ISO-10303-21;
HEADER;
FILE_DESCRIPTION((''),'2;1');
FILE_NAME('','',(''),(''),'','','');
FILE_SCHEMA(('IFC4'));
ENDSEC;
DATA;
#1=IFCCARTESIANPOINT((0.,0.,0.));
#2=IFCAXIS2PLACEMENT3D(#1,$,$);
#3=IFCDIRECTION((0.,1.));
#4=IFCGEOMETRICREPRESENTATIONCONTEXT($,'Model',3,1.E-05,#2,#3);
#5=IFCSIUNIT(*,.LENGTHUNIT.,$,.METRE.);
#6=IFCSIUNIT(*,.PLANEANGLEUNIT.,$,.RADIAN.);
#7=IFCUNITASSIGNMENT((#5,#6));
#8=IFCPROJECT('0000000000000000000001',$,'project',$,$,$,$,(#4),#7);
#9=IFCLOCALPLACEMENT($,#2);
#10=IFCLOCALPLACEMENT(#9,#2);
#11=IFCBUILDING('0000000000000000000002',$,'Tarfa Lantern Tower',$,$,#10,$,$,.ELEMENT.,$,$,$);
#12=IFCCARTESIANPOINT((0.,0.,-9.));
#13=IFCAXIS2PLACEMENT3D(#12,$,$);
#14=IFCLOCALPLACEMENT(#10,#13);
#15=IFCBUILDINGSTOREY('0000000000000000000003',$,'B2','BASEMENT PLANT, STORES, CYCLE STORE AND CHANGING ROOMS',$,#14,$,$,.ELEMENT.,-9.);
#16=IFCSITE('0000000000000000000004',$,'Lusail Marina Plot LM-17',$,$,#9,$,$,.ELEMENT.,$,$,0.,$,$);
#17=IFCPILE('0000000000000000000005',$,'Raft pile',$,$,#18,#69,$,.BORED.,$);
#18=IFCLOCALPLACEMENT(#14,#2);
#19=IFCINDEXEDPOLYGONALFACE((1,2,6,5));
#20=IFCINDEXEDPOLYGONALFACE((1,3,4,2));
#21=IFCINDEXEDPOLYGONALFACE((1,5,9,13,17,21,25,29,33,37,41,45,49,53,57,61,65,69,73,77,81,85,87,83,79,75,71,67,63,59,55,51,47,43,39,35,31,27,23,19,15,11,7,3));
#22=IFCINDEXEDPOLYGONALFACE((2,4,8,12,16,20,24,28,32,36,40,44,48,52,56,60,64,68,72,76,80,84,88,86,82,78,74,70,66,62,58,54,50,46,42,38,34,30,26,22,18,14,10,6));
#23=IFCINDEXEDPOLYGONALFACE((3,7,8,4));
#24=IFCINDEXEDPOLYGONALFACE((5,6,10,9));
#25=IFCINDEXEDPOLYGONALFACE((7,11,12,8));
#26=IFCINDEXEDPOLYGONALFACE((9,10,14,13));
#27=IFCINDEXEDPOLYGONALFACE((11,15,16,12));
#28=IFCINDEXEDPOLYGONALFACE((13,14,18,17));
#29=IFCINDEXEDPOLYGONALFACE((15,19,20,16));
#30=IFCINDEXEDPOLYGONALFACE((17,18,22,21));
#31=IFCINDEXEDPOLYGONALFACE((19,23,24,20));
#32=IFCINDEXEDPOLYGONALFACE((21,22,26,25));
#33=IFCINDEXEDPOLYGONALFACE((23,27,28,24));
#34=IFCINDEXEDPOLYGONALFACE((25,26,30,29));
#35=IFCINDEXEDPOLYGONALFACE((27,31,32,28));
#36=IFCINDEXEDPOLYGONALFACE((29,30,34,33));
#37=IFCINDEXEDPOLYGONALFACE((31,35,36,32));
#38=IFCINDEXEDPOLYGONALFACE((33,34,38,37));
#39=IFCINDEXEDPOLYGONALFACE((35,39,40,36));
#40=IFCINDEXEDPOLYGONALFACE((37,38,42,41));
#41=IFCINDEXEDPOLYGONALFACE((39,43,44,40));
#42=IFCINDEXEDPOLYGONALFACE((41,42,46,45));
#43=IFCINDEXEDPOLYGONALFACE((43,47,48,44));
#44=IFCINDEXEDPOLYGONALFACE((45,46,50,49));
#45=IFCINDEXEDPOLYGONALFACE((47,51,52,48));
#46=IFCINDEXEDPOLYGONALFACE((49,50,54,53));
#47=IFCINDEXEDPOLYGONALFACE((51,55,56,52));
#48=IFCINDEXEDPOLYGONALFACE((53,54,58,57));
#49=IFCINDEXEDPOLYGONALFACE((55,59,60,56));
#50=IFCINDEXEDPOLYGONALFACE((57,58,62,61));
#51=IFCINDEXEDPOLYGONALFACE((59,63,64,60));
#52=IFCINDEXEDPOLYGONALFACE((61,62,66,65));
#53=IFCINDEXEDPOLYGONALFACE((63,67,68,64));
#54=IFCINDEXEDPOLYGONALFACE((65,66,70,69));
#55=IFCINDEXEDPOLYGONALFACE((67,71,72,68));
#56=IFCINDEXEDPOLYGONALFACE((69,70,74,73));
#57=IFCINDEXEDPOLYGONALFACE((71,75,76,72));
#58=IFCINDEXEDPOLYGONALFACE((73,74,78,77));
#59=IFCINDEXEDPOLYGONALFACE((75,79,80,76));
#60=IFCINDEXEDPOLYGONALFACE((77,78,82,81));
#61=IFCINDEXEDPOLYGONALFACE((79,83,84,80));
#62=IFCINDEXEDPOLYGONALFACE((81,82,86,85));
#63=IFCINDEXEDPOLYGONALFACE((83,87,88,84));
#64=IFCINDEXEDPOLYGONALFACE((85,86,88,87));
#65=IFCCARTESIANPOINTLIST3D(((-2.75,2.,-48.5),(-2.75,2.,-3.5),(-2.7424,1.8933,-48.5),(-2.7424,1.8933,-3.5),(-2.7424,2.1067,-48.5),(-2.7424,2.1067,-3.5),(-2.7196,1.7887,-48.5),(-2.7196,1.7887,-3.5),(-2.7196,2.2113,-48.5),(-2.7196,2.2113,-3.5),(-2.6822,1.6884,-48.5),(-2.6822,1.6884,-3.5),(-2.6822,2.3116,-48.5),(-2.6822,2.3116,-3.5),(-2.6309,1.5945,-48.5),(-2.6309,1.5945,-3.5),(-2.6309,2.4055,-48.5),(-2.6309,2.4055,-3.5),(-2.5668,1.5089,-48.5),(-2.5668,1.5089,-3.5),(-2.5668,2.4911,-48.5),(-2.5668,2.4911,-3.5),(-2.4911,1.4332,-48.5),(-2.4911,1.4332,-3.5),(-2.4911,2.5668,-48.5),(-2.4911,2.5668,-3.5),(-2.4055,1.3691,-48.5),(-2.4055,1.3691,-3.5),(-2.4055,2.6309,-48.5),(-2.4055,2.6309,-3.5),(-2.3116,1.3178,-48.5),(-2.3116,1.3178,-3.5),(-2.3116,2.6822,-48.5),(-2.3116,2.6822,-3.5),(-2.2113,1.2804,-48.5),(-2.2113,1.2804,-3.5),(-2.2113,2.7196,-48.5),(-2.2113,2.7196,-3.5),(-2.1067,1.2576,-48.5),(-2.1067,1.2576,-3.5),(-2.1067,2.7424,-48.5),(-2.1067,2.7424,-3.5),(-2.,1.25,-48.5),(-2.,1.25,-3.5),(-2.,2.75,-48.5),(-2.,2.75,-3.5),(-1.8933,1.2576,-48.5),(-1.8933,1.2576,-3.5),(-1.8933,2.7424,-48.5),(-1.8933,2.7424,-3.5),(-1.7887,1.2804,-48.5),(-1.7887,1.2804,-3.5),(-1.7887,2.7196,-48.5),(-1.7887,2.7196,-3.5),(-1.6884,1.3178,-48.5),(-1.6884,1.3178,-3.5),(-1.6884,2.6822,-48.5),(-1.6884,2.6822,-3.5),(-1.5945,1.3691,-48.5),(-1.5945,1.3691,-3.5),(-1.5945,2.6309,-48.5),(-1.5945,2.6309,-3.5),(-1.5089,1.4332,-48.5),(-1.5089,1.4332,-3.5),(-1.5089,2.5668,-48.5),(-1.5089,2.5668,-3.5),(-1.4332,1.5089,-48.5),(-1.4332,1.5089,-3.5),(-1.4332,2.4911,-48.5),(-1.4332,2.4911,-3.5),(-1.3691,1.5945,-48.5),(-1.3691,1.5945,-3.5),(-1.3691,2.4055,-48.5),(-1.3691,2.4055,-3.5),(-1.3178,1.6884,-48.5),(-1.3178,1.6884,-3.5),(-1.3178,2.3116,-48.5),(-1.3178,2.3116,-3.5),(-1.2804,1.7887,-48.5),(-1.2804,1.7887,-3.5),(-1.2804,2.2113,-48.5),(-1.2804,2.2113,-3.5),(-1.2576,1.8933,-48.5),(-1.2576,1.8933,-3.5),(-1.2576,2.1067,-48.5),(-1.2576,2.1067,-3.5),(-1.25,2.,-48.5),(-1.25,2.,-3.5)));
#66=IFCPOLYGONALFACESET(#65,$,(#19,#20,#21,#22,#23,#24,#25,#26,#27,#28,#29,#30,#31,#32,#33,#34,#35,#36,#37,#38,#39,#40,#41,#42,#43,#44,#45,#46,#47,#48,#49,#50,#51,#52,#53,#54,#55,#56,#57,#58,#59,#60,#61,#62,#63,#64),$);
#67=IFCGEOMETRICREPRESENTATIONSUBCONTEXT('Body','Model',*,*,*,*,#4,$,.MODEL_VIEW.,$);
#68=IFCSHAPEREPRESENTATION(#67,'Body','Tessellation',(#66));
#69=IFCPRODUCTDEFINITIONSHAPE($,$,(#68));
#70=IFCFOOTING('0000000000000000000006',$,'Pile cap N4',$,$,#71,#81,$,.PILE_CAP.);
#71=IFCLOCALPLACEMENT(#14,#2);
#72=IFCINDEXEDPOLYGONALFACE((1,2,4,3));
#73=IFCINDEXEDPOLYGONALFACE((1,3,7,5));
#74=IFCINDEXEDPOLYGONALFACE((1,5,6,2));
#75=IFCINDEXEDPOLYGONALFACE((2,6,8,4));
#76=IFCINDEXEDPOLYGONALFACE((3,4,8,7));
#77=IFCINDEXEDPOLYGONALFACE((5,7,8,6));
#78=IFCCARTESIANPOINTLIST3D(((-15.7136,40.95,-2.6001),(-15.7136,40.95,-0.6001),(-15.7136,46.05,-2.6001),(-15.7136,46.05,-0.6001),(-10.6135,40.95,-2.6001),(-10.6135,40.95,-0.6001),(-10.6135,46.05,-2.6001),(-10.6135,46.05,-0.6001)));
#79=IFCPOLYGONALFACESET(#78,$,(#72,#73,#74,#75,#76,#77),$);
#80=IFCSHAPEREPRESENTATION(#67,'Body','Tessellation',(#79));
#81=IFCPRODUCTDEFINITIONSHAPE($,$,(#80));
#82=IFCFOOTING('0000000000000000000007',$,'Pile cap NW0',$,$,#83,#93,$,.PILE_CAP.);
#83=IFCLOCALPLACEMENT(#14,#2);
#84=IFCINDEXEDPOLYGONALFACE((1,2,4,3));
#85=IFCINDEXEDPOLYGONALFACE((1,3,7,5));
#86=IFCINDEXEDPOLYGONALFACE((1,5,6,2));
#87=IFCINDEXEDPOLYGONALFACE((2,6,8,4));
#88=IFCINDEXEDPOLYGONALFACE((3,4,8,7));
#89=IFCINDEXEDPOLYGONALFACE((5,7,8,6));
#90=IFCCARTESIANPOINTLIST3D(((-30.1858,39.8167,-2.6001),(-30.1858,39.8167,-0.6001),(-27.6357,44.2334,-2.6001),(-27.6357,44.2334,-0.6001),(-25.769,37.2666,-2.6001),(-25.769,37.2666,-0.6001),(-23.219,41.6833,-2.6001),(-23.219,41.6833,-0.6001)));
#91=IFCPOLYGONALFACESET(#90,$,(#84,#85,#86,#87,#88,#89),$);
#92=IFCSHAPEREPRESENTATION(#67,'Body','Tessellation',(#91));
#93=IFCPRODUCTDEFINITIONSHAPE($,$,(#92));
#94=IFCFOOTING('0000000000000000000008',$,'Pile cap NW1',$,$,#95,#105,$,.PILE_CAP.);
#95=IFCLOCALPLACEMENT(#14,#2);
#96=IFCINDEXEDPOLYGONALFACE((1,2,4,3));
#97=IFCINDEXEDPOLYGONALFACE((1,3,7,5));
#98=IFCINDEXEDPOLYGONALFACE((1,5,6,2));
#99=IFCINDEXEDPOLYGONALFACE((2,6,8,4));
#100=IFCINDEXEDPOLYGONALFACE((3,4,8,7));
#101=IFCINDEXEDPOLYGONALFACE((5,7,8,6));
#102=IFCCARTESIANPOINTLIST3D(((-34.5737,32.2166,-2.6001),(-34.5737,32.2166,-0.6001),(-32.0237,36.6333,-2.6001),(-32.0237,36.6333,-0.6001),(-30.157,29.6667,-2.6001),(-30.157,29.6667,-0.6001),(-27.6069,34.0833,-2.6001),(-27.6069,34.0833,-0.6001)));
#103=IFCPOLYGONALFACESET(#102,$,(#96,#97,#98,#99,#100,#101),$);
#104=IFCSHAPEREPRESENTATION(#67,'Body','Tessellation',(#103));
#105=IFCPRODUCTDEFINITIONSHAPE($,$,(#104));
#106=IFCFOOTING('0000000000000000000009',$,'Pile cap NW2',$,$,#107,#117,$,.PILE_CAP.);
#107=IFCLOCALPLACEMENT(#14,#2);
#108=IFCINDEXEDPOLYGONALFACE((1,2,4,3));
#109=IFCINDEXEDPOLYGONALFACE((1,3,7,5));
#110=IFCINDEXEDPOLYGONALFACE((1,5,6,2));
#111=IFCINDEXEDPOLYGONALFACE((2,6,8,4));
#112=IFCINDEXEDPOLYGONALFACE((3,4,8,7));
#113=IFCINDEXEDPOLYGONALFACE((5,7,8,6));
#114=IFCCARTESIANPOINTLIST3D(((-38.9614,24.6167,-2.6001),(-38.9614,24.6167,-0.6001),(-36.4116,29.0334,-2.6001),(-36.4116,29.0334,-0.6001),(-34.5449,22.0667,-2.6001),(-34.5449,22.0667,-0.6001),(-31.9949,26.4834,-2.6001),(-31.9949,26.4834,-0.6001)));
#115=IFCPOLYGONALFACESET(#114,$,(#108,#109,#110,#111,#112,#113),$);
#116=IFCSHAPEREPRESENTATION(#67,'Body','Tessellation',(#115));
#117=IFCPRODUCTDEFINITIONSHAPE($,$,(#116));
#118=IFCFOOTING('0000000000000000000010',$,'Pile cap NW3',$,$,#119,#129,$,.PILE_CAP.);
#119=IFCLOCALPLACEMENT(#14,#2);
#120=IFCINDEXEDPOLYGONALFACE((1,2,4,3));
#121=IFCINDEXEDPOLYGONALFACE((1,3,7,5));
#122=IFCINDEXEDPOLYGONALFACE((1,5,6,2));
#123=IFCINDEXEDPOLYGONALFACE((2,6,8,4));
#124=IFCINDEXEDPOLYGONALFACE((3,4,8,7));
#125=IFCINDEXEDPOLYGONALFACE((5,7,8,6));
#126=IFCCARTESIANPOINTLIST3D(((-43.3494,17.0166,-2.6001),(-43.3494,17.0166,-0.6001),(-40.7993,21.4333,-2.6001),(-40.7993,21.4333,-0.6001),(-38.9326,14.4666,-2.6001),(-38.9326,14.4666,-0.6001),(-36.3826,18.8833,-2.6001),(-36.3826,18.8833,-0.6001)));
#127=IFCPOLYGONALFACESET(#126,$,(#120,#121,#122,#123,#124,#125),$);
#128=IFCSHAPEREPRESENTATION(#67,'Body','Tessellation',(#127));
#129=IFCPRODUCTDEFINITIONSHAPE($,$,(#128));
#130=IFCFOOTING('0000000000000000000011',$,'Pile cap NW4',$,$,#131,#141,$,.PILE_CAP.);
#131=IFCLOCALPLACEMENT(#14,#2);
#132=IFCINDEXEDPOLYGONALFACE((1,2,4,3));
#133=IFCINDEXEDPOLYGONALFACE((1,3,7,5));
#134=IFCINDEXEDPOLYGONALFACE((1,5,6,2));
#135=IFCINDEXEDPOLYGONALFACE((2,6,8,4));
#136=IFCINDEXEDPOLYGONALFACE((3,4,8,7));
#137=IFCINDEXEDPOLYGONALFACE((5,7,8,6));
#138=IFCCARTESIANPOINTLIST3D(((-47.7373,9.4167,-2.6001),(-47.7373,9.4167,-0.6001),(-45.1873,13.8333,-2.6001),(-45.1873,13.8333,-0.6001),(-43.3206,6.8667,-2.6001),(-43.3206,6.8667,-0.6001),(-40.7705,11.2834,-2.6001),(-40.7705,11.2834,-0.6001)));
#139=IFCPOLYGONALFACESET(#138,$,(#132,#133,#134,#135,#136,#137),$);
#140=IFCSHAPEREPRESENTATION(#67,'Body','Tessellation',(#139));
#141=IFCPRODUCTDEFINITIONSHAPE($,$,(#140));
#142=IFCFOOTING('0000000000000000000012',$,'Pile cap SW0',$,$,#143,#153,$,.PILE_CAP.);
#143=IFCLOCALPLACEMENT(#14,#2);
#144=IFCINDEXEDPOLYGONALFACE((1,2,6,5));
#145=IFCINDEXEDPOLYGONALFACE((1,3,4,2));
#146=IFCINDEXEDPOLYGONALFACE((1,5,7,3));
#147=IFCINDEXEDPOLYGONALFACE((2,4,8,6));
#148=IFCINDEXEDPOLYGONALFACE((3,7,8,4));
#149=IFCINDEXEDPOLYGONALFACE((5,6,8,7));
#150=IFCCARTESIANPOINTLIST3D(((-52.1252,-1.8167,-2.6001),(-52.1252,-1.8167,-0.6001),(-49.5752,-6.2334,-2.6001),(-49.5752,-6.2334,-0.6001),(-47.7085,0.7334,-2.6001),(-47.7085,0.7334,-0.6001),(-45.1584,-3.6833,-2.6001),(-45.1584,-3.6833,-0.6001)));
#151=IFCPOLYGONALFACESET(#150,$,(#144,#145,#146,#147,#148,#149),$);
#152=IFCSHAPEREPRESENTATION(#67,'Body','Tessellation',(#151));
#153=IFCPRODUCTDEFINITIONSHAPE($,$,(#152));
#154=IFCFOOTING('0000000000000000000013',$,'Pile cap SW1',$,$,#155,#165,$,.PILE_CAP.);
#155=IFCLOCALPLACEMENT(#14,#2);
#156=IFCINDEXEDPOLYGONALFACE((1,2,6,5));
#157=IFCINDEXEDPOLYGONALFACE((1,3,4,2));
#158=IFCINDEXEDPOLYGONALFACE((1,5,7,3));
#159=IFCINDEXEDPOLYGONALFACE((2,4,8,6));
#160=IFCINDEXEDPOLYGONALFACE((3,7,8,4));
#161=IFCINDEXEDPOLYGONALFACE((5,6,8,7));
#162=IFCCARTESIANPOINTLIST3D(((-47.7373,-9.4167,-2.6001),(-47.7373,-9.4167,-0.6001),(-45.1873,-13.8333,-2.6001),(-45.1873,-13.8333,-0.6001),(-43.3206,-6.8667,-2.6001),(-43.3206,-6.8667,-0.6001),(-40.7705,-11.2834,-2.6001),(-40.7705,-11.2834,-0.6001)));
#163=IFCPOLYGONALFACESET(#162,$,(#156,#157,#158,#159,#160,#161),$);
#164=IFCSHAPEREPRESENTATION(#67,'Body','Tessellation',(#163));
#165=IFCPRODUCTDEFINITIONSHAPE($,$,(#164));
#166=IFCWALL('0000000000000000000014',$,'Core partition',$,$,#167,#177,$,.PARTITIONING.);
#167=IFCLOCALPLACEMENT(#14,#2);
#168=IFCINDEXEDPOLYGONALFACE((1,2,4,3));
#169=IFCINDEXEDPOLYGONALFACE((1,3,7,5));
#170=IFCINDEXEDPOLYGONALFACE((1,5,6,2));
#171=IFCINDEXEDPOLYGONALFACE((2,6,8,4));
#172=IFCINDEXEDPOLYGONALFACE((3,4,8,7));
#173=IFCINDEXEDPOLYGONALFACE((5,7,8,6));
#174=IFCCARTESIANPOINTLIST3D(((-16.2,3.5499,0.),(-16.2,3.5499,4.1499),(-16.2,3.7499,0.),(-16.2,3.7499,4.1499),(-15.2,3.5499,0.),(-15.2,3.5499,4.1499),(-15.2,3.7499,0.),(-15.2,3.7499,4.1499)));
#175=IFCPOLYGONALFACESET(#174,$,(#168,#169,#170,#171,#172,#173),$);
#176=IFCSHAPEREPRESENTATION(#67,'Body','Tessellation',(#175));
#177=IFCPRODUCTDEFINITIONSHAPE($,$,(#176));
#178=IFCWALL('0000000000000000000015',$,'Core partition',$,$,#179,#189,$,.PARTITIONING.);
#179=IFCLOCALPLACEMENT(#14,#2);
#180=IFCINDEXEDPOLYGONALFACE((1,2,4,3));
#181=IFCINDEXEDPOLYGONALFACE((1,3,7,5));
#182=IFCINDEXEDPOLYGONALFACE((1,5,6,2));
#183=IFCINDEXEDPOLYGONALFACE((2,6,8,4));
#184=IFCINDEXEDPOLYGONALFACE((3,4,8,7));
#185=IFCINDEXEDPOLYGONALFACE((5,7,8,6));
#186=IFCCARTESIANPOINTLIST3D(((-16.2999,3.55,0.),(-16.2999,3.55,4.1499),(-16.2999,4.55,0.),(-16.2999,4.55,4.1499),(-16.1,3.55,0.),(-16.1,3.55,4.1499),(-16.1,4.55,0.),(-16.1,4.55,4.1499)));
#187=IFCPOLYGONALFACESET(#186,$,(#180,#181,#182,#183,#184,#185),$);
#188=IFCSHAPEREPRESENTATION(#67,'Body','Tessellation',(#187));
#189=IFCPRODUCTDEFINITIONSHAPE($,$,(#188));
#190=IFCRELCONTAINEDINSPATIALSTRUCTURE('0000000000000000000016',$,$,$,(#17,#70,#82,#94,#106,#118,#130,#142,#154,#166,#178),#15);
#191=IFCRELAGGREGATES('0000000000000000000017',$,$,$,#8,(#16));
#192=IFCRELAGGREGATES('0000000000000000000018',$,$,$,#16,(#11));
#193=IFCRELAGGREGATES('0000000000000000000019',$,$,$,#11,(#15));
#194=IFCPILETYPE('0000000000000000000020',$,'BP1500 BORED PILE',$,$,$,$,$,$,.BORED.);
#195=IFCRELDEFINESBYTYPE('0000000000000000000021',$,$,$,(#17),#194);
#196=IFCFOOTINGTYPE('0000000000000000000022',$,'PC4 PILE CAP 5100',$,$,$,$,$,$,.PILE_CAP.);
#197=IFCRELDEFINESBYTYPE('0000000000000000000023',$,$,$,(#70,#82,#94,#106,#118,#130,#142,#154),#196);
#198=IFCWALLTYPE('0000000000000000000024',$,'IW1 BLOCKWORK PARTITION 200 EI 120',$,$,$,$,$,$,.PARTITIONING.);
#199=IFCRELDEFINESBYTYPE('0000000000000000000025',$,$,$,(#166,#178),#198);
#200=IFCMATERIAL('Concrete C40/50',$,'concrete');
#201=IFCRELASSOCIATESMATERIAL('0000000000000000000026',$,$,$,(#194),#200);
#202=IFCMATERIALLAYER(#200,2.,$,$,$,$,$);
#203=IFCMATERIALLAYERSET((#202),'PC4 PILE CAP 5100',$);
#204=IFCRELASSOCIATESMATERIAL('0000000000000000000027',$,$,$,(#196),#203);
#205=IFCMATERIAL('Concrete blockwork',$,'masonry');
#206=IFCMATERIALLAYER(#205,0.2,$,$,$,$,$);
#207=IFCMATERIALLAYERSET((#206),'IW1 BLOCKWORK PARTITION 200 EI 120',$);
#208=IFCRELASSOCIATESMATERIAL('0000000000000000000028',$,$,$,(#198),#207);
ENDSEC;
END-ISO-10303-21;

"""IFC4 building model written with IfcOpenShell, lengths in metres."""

from ifc_helpers import new_model, si_unit, direction, frame, frame_2d, origin, origin_2d, place, context, subcontext, project, spatial, polyline, rectangle, circle, outline, extrude, material, layer, layer_set, material_profile, profile_set, type_object, element, save


model = new_model("IFC4")

# Units and contexts
model_context = context("Model", 3, precision=1e-05, world=origin(), true_north=direction((0.0, 1.0)))
body_context = subcontext(model_context, "Body", "Model", "MODEL_VIEW")
ifc_project = project(units=[si_unit("LENGTHUNIT", "METRE"), si_unit("PLANEANGLEUNIT", "RADIAN")], contexts=[model_context])

# Site, building, storey
site_placement = place(None, origin())
site = spatial("IfcSite", under=ifc_project, at=site_placement, Name="Lusail Marina Plot LM-17", CompositionType="ELEMENT", RefElevation=0.0)
building_placement = place(site_placement, origin())
building = spatial("IfcBuilding", under=site, at=building_placement, Name="Tarfa Lantern Tower", CompositionType="ELEMENT")
storey_placement = place(building_placement, frame((0.0, 0.0, -9.0)))
storey = spatial("IfcBuildingStorey", under=building, at=storey_placement, Name="B2", Description="BASEMENT PLANT, STORES, CYCLE STORE AND CHANGING ROOMS", CompositionType="ELEMENT", Elevation=-9.0)

# Pile
ifc_material_1 = material(Name="Concrete C40/50", Category="concrete")
ifc_material_profile = material_profile(ifc_material_1, circle(Radius=0.75, at=origin_2d()), Name="BORED PILE D1500")
ifc_profile_set = profile_set([ifc_material_profile], Name="Concrete C40/50")
pile_type = type_object("IfcPileType", Name="BP1500 BORED PILE", PredefinedType="BORED", material=ifc_profile_set)
for number, where, z_axis, x_axis, name in (
    (1, (-2.0, 2.0, -3.5), (0.0, 0.0, -1.0), (1.0, 0.0, 0.0), "Raft pile"),
):
    element("IfcPile", number, at=place(storey_placement, frame(where, z_axis=z_axis, x_axis=x_axis)), inside=storey, type_object=pile_type, Name=name, PredefinedType="BORED", context=body_context, shape_type="SweptSolid", body=[
        extrude(circle(Radius=0.75, at=origin_2d()), origin(), (0.0, 0.0, 1.0), 45.0),
    ])

# Footings
ifc_layer_1 = layer(ifc_material_1, 2.0)
ifc_layer_set_1 = layer_set([ifc_layer_1], Name="PC4 PILE CAP 5100")
footing_type = type_object("IfcFootingType", Name="PC4 PILE CAP 5100", PredefinedType="PILE_CAP", material=ifc_layer_set_1)
footing_1_placement = place(storey_placement, frame((0.0, 0.0, -2.6001)))
element("IfcFooting", 2, at=footing_1_placement, inside=storey, type_object=footing_type, Name="Pile cap N4", PredefinedType="PILE_CAP", context=body_context, shape_type="SweptSolid", body=[
    extrude(outline(polyline([(-10.6135, 46.05), (-15.7136, 46.05), (-15.7136, 40.95), (-10.6135, 40.95), (-10.6135, 46.05)])), origin(), (0.0, 0.0, 1.0), 2.0),
])
footing_2_placement = place(storey_placement, frame((0.0, 0.0, -2.6001)))
element("IfcFooting", 3, at=footing_2_placement, inside=storey, type_object=footing_type, Name="Pile cap NW0", PredefinedType="PILE_CAP", context=body_context, shape_type="SweptSolid", body=[
    extrude(outline(polyline([(-27.6357, 44.2334), (-30.1858, 39.8167), (-25.769, 37.2666), (-23.219, 41.6833), (-27.6357, 44.2334)])), origin(), (0.0, 0.0, 1.0), 2.0),
])
footing_3_placement = place(storey_placement, frame((0.0, 0.0, -2.6001)))
element("IfcFooting", 4, at=footing_3_placement, inside=storey, type_object=footing_type, Name="Pile cap NW1", PredefinedType="PILE_CAP", context=body_context, shape_type="SweptSolid", body=[
    extrude(outline(polyline([(-32.0237, 36.6333), (-34.5737, 32.2166), (-30.157, 29.6667), (-27.6069, 34.0833), (-32.0237, 36.6333)])), origin(), (0.0, 0.0, 1.0), 2.0),
])
footing_4_placement = place(storey_placement, frame((0.0, 0.0, -2.6001)))
element("IfcFooting", 5, at=footing_4_placement, inside=storey, type_object=footing_type, Name="Pile cap NW2", PredefinedType="PILE_CAP", context=body_context, shape_type="SweptSolid", body=[
    extrude(outline(polyline([(-36.4116, 29.0334), (-38.9614, 24.6167), (-34.5449, 22.0667), (-31.9949, 26.4834), (-36.4116, 29.0334)])), origin(), (0.0, 0.0, 1.0), 2.0),
])
footing_5_placement = place(storey_placement, frame((0.0, 0.0, -2.6001)))
element("IfcFooting", 6, at=footing_5_placement, inside=storey, type_object=footing_type, Name="Pile cap NW3", PredefinedType="PILE_CAP", context=body_context, shape_type="SweptSolid", body=[
    extrude(outline(polyline([(-40.7993, 21.4333), (-43.3494, 17.0166), (-38.9326, 14.4666), (-36.3826, 18.8833), (-40.7993, 21.4333)])), origin(), (0.0, 0.0, 1.0), 2.0),
])
footing_6_placement = place(storey_placement, frame((0.0, 0.0, -2.6001)))
element("IfcFooting", 7, at=footing_6_placement, inside=storey, type_object=footing_type, Name="Pile cap NW4", PredefinedType="PILE_CAP", context=body_context, shape_type="SweptSolid", body=[
    extrude(outline(polyline([(-45.1873, 13.8333), (-47.7373, 9.4167), (-43.3206, 6.8667), (-40.7705, 11.2834), (-45.1873, 13.8333)])), origin(), (0.0, 0.0, 1.0), 2.0),
])
footing_7_placement = place(storey_placement, frame((0.0, 0.0, -2.6001)))
element("IfcFooting", 8, at=footing_7_placement, inside=storey, type_object=footing_type, Name="Pile cap SW0", PredefinedType="PILE_CAP", context=body_context, shape_type="SweptSolid", body=[
    extrude(outline(polyline([(-52.1252, -1.8167), (-49.5752, -6.2334), (-45.1584, -3.6833), (-47.7085, 0.7334), (-52.1252, -1.8167)])), origin(), (0.0, 0.0, 1.0), 2.0),
])
footing_8_placement = place(storey_placement, frame((0.0, 0.0, -2.6001)))
element("IfcFooting", 9, at=footing_8_placement, inside=storey, type_object=footing_type, Name="Pile cap SW1", PredefinedType="PILE_CAP", context=body_context, shape_type="SweptSolid", body=[
    extrude(outline(polyline([(-47.7373, -9.4167), (-45.1873, -13.8333), (-40.7705, -11.2834), (-43.3206, -6.8667), (-47.7373, -9.4167)])), origin(), (0.0, 0.0, 1.0), 2.0),
])

# Walls
ifc_material_2 = material(Name="Concrete blockwork", Category="masonry")
ifc_layer_2 = layer(ifc_material_2, 0.2)
ifc_layer_set_2 = layer_set([ifc_layer_2], Name="IW1 BLOCKWORK PARTITION 200 EI 120")
wall_type_1 = type_object("IfcWallType", Name="IW1 BLOCKWORK PARTITION 200 EI 120", PredefinedType="PARTITIONING", material=ifc_layer_set_2)
for number, where, z_axis, x_axis, name in (
    (10, (-16.2, 3.6499, 0.0), (0.0, 0.0, 1.0), (1.0, 0.0, 0.0), "Core partition"),
    (11, (-16.2, 3.55, 0.0), (0.0, 0.0, 1.0), (0.0, 1.0, 0.0), "Core partition"),
):
    element("IfcWall", number, at=place(storey_placement, frame(where, z_axis=z_axis, x_axis=x_axis)), inside=storey, type_object=wall_type_1, Name=name, PredefinedType="PARTITIONING", context=body_context, shape_type="SweptSolid", body=[
        extrude(rectangle(XDim=1.0, YDim=0.2, at=frame_2d((0.5, 0.0))), origin(), (0.0, 0.0, 1.0), 4.1499),
    ])

save(model, "model.ifc")
